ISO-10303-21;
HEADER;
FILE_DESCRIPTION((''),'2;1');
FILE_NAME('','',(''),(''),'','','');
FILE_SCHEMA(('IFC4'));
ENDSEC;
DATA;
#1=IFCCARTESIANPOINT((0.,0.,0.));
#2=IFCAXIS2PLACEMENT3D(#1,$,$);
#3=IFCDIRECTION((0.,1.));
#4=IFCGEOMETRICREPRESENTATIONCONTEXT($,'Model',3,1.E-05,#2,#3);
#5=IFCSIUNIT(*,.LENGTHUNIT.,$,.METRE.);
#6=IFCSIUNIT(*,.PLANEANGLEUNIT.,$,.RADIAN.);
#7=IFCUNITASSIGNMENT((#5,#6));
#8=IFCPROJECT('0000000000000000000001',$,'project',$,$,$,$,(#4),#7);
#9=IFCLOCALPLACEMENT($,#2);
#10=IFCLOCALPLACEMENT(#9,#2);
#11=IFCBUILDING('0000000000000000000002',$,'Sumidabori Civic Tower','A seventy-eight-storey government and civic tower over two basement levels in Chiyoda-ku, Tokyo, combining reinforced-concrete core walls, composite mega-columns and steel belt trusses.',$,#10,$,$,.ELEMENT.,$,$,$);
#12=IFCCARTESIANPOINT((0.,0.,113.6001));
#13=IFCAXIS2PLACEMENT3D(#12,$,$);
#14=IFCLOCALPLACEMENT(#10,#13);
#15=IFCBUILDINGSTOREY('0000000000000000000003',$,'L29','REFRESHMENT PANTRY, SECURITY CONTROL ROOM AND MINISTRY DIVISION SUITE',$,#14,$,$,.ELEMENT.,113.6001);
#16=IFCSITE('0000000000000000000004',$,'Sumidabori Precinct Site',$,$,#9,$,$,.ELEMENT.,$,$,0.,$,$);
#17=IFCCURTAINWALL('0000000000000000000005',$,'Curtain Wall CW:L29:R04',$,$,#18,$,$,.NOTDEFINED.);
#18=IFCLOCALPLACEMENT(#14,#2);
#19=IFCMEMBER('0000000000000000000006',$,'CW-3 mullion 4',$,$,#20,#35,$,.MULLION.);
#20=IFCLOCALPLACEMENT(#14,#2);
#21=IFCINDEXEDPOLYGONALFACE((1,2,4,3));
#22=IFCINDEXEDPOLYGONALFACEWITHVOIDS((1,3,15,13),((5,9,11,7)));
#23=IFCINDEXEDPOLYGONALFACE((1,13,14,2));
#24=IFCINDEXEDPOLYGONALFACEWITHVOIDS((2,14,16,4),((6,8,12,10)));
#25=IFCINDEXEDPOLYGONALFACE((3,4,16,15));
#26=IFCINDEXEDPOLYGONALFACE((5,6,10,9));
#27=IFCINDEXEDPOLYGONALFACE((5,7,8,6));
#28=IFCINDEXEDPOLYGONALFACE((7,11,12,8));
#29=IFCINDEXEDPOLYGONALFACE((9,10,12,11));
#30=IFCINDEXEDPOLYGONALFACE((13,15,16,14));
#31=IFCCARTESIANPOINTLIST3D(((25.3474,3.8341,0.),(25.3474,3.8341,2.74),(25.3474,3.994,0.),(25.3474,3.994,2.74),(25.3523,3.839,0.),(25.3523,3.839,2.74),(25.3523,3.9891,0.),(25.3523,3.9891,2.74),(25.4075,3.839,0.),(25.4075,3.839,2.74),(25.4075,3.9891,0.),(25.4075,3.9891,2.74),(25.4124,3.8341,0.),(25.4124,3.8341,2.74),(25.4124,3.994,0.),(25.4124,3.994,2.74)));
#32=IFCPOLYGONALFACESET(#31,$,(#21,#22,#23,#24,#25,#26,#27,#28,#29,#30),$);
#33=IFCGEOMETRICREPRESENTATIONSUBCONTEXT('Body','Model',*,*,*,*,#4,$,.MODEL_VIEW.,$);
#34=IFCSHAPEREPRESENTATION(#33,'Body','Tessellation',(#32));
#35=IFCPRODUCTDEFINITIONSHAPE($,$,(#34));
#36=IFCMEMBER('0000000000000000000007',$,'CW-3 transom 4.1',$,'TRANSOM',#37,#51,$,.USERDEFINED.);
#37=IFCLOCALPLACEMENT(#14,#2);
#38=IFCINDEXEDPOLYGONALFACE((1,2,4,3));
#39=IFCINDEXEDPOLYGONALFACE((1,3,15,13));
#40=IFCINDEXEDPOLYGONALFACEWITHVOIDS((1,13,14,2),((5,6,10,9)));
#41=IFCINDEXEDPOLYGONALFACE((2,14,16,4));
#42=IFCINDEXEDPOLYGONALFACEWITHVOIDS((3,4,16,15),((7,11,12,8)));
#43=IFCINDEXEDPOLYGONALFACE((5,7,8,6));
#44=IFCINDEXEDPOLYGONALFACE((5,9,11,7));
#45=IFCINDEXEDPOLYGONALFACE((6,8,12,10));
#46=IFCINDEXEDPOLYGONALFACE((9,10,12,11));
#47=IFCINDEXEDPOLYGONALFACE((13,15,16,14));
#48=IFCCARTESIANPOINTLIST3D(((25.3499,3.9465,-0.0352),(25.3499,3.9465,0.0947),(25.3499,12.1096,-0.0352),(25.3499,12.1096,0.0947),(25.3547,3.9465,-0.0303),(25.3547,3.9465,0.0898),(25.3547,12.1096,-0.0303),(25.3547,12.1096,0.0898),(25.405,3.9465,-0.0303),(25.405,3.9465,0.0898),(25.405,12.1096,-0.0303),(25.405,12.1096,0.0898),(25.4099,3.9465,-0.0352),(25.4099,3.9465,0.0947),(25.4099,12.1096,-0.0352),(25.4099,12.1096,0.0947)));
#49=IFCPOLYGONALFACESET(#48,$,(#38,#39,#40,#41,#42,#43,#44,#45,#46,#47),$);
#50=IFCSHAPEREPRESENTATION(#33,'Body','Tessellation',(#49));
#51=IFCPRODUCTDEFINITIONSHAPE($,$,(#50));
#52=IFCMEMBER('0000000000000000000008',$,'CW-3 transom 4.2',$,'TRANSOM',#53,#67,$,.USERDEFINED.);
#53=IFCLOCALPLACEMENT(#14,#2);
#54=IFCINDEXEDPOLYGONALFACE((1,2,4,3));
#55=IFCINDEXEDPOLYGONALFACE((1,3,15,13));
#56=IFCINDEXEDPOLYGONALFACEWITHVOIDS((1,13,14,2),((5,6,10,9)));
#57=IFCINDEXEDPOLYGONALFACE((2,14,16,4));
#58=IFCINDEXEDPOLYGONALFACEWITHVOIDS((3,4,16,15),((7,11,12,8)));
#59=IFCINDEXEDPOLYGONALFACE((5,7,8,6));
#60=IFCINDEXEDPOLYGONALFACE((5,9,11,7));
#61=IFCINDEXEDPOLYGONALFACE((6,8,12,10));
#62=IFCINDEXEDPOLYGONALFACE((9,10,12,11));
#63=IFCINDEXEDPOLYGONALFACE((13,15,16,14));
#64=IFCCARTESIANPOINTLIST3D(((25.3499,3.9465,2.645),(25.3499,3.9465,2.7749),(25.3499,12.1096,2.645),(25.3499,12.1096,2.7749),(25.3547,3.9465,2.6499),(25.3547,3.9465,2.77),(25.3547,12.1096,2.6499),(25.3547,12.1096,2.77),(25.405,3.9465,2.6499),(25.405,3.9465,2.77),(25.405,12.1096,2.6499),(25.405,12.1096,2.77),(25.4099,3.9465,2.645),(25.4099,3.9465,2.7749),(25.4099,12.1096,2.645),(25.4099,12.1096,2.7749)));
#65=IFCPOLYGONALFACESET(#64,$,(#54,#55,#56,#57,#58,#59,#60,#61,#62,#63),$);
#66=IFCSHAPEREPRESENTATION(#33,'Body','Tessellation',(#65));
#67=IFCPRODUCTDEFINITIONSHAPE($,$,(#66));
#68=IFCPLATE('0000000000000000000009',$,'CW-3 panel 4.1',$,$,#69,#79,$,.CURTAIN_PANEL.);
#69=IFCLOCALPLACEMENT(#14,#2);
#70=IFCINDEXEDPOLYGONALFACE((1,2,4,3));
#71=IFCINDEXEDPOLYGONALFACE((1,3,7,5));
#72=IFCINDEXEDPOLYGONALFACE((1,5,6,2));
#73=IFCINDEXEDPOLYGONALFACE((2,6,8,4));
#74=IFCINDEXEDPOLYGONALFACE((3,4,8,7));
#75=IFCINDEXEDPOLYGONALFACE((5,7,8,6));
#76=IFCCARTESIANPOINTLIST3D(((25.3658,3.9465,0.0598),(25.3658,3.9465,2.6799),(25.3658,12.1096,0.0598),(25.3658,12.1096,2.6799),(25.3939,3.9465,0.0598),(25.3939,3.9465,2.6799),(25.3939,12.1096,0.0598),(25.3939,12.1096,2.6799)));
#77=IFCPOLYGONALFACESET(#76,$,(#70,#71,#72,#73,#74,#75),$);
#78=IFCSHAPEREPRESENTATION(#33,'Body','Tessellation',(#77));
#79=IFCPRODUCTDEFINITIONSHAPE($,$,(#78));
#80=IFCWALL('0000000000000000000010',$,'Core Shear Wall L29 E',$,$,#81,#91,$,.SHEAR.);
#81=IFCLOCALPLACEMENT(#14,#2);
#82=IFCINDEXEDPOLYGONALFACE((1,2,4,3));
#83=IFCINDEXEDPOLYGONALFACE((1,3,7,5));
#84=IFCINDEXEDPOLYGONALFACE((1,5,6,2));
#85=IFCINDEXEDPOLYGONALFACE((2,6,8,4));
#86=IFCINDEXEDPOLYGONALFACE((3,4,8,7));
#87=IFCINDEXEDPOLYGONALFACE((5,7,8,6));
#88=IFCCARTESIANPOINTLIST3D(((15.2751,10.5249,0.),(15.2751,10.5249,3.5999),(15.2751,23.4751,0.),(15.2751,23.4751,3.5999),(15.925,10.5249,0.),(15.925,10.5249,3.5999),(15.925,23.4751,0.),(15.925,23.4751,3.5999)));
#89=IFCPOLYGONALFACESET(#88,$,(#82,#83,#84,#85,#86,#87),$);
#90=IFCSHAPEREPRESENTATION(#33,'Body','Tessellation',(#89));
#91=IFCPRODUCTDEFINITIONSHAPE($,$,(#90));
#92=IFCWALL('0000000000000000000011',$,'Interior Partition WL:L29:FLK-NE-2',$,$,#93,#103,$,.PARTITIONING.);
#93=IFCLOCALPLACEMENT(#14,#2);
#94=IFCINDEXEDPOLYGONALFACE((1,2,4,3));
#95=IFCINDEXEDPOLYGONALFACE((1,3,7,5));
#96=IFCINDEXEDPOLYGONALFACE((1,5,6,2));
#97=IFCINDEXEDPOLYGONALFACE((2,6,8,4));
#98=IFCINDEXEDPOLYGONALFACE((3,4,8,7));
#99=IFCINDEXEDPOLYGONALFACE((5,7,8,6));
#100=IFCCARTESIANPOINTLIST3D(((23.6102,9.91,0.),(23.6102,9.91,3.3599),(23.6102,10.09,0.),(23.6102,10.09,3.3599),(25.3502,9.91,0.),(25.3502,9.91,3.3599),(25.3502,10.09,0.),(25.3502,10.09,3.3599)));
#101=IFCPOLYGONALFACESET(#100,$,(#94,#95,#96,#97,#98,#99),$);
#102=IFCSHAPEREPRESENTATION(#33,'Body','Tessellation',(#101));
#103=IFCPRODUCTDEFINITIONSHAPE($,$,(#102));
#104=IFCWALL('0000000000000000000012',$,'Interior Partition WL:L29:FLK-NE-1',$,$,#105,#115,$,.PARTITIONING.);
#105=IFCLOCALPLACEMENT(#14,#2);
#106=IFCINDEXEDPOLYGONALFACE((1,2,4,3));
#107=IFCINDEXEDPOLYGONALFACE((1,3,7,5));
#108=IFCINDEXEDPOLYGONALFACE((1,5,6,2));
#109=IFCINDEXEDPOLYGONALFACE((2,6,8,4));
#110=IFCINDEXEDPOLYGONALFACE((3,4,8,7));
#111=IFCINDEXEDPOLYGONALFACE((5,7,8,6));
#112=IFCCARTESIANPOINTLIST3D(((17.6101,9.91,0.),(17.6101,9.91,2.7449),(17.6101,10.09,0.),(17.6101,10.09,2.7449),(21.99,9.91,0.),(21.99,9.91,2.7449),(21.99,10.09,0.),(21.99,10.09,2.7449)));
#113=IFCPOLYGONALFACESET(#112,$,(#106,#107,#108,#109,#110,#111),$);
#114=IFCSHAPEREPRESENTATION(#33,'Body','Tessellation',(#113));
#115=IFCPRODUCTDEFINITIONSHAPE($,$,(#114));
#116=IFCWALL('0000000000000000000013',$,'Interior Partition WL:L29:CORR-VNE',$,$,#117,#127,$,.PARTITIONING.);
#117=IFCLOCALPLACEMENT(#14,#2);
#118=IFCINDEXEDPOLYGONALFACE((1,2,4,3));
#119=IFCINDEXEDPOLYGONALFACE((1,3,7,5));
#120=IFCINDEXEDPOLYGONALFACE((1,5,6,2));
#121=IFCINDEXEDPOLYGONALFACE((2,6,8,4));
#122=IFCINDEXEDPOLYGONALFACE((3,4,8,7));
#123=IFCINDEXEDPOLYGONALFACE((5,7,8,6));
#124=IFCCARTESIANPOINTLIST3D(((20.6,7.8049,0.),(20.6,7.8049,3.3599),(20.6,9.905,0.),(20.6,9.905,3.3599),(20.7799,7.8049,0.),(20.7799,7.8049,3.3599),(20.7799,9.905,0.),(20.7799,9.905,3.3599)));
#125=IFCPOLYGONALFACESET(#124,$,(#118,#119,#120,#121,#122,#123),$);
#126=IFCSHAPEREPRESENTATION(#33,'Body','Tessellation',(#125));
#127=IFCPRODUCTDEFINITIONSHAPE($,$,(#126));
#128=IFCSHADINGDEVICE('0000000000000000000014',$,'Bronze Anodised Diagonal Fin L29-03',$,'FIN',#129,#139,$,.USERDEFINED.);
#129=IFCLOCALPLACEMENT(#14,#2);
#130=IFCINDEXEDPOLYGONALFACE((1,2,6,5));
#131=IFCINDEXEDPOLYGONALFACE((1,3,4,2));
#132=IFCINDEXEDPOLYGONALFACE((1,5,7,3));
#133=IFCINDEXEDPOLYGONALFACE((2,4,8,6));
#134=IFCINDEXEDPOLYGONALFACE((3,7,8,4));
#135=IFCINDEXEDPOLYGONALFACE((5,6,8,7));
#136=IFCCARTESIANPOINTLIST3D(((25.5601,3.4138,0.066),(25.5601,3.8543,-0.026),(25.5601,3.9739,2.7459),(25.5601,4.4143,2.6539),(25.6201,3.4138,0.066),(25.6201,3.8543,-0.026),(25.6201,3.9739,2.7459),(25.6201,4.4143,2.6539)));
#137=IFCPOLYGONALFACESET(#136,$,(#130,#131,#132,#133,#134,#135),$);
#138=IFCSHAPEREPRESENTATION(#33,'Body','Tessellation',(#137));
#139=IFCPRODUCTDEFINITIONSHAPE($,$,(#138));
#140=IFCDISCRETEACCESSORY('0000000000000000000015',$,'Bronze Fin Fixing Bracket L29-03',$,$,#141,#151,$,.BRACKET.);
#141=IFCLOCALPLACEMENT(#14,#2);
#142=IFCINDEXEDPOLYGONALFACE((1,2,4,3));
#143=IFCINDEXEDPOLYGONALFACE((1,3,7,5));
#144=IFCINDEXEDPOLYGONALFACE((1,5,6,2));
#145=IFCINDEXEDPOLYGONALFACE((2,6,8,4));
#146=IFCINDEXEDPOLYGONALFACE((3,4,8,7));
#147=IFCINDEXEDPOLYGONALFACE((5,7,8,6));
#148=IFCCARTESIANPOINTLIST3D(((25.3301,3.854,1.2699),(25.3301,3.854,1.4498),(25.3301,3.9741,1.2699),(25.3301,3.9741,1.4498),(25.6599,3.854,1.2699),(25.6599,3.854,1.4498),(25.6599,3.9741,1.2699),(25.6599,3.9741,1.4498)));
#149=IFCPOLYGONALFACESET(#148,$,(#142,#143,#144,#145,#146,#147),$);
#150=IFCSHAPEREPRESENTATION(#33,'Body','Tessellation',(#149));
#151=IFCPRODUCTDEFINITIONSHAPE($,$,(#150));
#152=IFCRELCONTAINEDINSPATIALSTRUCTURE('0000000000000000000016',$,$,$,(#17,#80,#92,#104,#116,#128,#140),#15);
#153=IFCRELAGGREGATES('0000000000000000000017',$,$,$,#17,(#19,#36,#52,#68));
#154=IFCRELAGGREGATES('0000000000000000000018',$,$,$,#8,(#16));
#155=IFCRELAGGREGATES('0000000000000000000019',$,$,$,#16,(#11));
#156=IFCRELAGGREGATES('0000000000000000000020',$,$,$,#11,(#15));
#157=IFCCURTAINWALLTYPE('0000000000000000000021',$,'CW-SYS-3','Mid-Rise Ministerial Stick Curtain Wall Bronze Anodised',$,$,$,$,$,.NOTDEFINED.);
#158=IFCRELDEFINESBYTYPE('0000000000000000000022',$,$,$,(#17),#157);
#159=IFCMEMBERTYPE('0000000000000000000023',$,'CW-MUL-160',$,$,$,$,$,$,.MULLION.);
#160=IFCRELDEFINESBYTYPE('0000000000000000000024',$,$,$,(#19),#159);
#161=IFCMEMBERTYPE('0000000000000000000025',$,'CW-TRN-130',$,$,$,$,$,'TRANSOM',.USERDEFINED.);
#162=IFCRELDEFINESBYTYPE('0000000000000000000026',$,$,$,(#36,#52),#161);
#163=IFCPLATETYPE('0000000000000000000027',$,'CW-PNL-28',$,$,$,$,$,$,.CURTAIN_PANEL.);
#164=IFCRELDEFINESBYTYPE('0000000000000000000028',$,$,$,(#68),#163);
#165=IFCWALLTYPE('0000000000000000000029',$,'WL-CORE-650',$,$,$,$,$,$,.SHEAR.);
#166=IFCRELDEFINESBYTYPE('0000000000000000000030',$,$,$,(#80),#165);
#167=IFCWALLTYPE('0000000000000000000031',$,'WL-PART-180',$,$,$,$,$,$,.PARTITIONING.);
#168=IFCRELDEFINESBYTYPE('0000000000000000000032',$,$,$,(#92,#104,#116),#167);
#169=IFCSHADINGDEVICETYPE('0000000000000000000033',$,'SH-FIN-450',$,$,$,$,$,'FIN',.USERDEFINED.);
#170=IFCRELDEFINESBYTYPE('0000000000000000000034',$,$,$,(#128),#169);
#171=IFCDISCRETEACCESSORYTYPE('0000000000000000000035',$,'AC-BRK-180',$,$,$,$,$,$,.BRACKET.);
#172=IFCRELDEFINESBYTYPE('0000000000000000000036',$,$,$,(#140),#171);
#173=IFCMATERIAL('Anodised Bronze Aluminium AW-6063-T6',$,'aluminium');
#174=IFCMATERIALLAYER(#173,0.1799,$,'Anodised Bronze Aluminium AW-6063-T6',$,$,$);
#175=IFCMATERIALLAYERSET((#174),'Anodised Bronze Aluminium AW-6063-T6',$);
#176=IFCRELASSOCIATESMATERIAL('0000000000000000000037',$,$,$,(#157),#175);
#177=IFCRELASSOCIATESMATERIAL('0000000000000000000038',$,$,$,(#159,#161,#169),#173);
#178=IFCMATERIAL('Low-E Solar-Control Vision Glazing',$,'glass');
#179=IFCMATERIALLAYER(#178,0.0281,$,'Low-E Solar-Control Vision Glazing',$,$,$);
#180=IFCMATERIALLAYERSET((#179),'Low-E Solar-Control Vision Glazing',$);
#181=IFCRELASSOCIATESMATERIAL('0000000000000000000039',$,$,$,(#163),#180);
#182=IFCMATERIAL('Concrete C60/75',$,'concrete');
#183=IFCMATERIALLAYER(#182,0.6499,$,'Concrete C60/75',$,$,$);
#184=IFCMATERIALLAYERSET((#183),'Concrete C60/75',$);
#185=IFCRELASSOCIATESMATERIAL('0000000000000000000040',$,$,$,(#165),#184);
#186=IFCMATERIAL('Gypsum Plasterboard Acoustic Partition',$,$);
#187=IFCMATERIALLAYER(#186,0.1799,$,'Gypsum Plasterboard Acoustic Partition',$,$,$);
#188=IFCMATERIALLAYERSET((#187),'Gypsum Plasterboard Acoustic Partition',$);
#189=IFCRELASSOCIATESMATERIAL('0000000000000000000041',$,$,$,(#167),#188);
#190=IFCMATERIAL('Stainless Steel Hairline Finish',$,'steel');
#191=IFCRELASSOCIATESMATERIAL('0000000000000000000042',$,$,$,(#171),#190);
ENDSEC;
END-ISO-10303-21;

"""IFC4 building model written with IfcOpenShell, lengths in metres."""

from ifc_helpers import new_model, si_unit, direction, frame, frame_2d, origin, origin_2d, place, context, subcontext, project, spatial, rectangle, hollow_rectangle, extrude, source, transform, mapped, material, layer, layer_set, material_profile, profile_set, type_object, element, aggregate, save


model = new_model("IFC4")

# Units and contexts
model_context = context("Model", 3, precision=1e-05, world=origin(), true_north=direction((0.0, 1.0)))
body_context = subcontext(model_context, "Body", "Model", "MODEL_VIEW")
ifc_project = project(units=[si_unit("LENGTHUNIT", "METRE"), si_unit("PLANEANGLEUNIT", "RADIAN")], contexts=[model_context])

# Site, building, storey
site_placement = place(None, origin())
site = spatial("IfcSite", under=ifc_project, at=site_placement, Name="Sumidabori Precinct Site", CompositionType="ELEMENT", RefElevation=0.0)
building_placement = place(site_placement, origin())
building = spatial("IfcBuilding", under=site, at=building_placement, Name="Sumidabori Civic Tower", Description="A seventy-eight-storey government and civic tower over two basement levels in Chiyoda-ku, Tokyo, combining reinforced-concrete core walls, composite mega-columns and steel belt trusses.", CompositionType="ELEMENT")
storey_placement = place(building_placement, frame((0.0, 0.0, 113.6001)))
storey = spatial("IfcBuildingStorey", under=building, at=storey_placement, Name="L29", Description="REFRESHMENT PANTRY, SECURITY CONTROL ROOM AND MINISTRY DIVISION SUITE", CompositionType="ELEMENT", Elevation=113.6001)

# Shared definitions
ifc_material_1 = material(Name="Concrete C60/75", Category="concrete")

# Curtain wall, members, plate
ifc_material_2 = material(Name="Anodised Bronze Aluminium AW-6063-T6", Category="aluminium")
ifc_layer_1 = layer(ifc_material_2, 0.1799, Name="Anodised Bronze Aluminium AW-6063-T6")
ifc_layer_set_1 = layer_set([ifc_layer_1], Name="Anodised Bronze Aluminium AW-6063-T6")
curtain_wall_type = type_object("IfcCurtainWallType", Name="CW-SYS-3", Description="Mid-Rise Ministerial Stick Curtain Wall Bronze Anodised", PredefinedType="NOTDEFINED", material=ifc_layer_set_1)
curtain_wall_placement = place(storey_placement, origin())
curtain_wall = element("IfcCurtainWall", 1, at=curtain_wall_placement, inside=storey, type_object=curtain_wall_type, Name="Curtain Wall CW:L29:R04", PredefinedType="NOTDEFINED")
ifc_material_profile_1 = material_profile(ifc_material_2, hollow_rectangle(XDim=0.0649, YDim=0.1599, WallThickness=0.0049, at=origin_2d()), Name="ALU MULLION 160x65")
ifc_profile_set_1 = profile_set([ifc_material_profile_1], Name="Anodised Bronze Aluminium AW-6063-T6")
member_type_1 = type_object("IfcMemberType", Name="CW-MUL-160", PredefinedType="MULLION", material=ifc_profile_set_1)
shared_shape_1 = source(origin(), body_context, "Body", "SweptSolid", [
    extrude(hollow_rectangle(XDim=0.0649, YDim=0.1599, WallThickness=0.0049, at=origin_2d()), origin(), (0.0, 0.0, 1.0), 2.74),
])
member_1_placement = place(storey_placement, frame((25.3799, 3.9141, 0.0), z_axis=(0.0, 0.0, 1.0), x_axis=(-1.0, 0.0, 0.0)))
member_1 = element("IfcMember", 2, at=member_1_placement, type_object=member_type_1, Name="CW-3 mullion 4", PredefinedType="MULLION", context=body_context, shape_type="MappedRepresentation", body=[
    mapped(shared_shape_1, transform((0.0, 0.0, 0.0), x_axis=(1.0, 0.0, 0.0), y_axis=(0.0, 1.0, 0.0), z_axis=(0.0, 0.0, 1.0), scale=1.0)),
])
ifc_material_profile_2 = material_profile(ifc_material_2, hollow_rectangle(XDim=0.0601, YDim=0.1299, WallThickness=0.0049, at=origin_2d()), Name="ALU TRANSOM 130x60")
ifc_profile_set_2 = profile_set([ifc_material_profile_2], Name="Anodised Bronze Aluminium AW-6063-T6")
member_type_2 = type_object("IfcMemberType", Name="CW-TRN-130", ElementType="TRANSOM", PredefinedType="USERDEFINED", material=ifc_profile_set_2)
shared_shape_2 = source(origin(), body_context, "Body", "SweptSolid", [
    extrude(hollow_rectangle(XDim=0.0601, YDim=0.1299, WallThickness=0.0049, at=origin_2d()), origin(), (0.0, 0.0, 1.0), 8.1631),
])
member_2_placement = place(storey_placement, frame((25.3799, 3.9465, 0.0298), z_axis=(0.0, 1.0, 0.0), x_axis=(-1.0, 0.0, 0.0)))
member_2 = element("IfcMember", 3, at=member_2_placement, type_object=member_type_2, Name="CW-3 transom 4.1", ObjectType="TRANSOM", PredefinedType="USERDEFINED", context=body_context, shape_type="MappedRepresentation", body=[
    mapped(shared_shape_2, transform((0.0, 0.0, 0.0), x_axis=(1.0, 0.0, 0.0), y_axis=(0.0, 1.0, 0.0), z_axis=(0.0, 0.0, 1.0), scale=1.0)),
])
member_3_placement = place(storey_placement, frame((25.3799, 3.9465, 2.71), z_axis=(0.0, 1.0, 0.0), x_axis=(-1.0, 0.0, 0.0)))
member_3 = element("IfcMember", 4, at=member_3_placement, type_object=member_type_2, Name="CW-3 transom 4.2", ObjectType="TRANSOM", PredefinedType="USERDEFINED", context=body_context, shape_type="MappedRepresentation", body=[
    mapped(shared_shape_2, transform((0.0, 0.0, 0.0), x_axis=(1.0, 0.0, 0.0), y_axis=(0.0, 1.0, 0.0), z_axis=(0.0, 0.0, 1.0), scale=1.0)),
])
ifc_material_3 = material(Name="Low-E Solar-Control Vision Glazing", Category="glass")
ifc_layer_2 = layer(ifc_material_3, 0.0281, Name="Low-E Solar-Control Vision Glazing")
ifc_layer_set_2 = layer_set([ifc_layer_2], Name="Low-E Solar-Control Vision Glazing")
plate_type = type_object("IfcPlateType", Name="CW-PNL-28", PredefinedType="CURTAIN_PANEL", material=ifc_layer_set_2)
shared_shape_3 = source(origin(), body_context, "Body", "SweptSolid", [
    extrude(rectangle(XDim=8.1631, YDim=0.0281, at=origin_2d()), origin(), (0.0, 0.0, 1.0), 2.6201),
])
plate_placement = place(storey_placement, frame((25.3799, 8.0281, 0.0598), z_axis=(0.0, 0.0, 1.0), x_axis=(0.0, 1.0, 0.0)))
plate = element("IfcPlate", 5, at=plate_placement, type_object=plate_type, Name="CW-3 panel 4.1", PredefinedType="CURTAIN_PANEL", context=body_context, shape_type="MappedRepresentation", body=[
    mapped(shared_shape_3, transform((0.0, 0.0, 0.0), x_axis=(1.0, 0.0, 0.0), y_axis=(0.0, 1.0, 0.0), z_axis=(0.0, 0.0, 1.0), scale=1.0)),
])
aggregate(curtain_wall, [member_1, member_2, member_3, plate])

# Walls
ifc_layer_3 = layer(ifc_material_1, 0.6499, Name="Concrete C60/75")
ifc_layer_set_3 = layer_set([ifc_layer_3], Name="Concrete C60/75")
wall_type_1 = type_object("IfcWallType", Name="WL-CORE-650", PredefinedType="SHEAR", material=ifc_layer_set_3)
shared_shape_4 = source(origin(), body_context, "Body", "SweptSolid", [
    extrude(rectangle(XDim=12.9502, YDim=0.6499, at=frame_2d((6.4751, 0.0))), origin(), (0.0, 0.0, 1.0), 3.5999),
])
wall_1_placement = place(storey_placement, frame((15.6001, 10.5249, 0.0), z_axis=(0.0, 0.0, 1.0), x_axis=(0.0, 1.0, 0.0)))
element("IfcWall", 6, at=wall_1_placement, inside=storey, type_object=wall_type_1, Name="Core Shear Wall L29 E", PredefinedType="SHEAR", context=body_context, shape_type="MappedRepresentation", body=[
    mapped(shared_shape_4, transform((0.0, 0.0, 0.0), x_axis=(1.0, 0.0, 0.0), y_axis=(0.0, 1.0, 0.0), z_axis=(0.0, 0.0, 1.0), scale=1.0)),
])
ifc_material_4 = material(Name="Gypsum Plasterboard Acoustic Partition")
ifc_layer_4 = layer(ifc_material_4, 0.1799, Name="Gypsum Plasterboard Acoustic Partition")
ifc_layer_set_4 = layer_set([ifc_layer_4], Name="Gypsum Plasterboard Acoustic Partition")
wall_type_2 = type_object("IfcWallType", Name="WL-PART-180", PredefinedType="PARTITIONING", material=ifc_layer_set_4)
shared_shape_5 = source(origin(), body_context, "Body", "SweptSolid", [
    extrude(rectangle(XDim=1.74, YDim=0.1799, at=frame_2d((0.8701, 0.0))), origin(), (0.0, 0.0, 1.0), 3.3599),
])
wall_2_placement = place(storey_placement, frame((23.6101, 10.0, 0.0), z_axis=(0.0, 0.0, 1.0), x_axis=(1.0, 0.0, 0.0)))
element("IfcWall", 7, at=wall_2_placement, inside=storey, type_object=wall_type_2, Name="Interior Partition WL:L29:FLK-NE-2", PredefinedType="PARTITIONING", context=body_context, shape_type="MappedRepresentation", body=[
    mapped(shared_shape_5, transform((0.0, 0.0, 0.0), x_axis=(1.0, 0.0, 0.0), y_axis=(0.0, 1.0, 0.0), z_axis=(0.0, 0.0, 1.0), scale=1.0)),
])
shared_shape_6 = source(origin(), body_context, "Body", "SweptSolid", [
    extrude(rectangle(XDim=4.3799, YDim=0.1799, at=frame_2d((2.1899, 0.0))), origin(), (0.0, 0.0, 1.0), 2.7449),
])
wall_3_placement = place(storey_placement, frame((17.6101, 10.0, 0.0), z_axis=(0.0, 0.0, 1.0), x_axis=(1.0, 0.0, 0.0)))
element("IfcWall", 8, at=wall_3_placement, inside=storey, type_object=wall_type_2, Name="Interior Partition WL:L29:FLK-NE-1", PredefinedType="PARTITIONING", context=body_context, shape_type="MappedRepresentation", body=[
    mapped(shared_shape_6, transform((0.0, 0.0, 0.0), x_axis=(1.0, 0.0, 0.0), y_axis=(0.0, 1.0, 0.0), z_axis=(0.0, 0.0, 1.0), scale=1.0)),
])
shared_shape_7 = source(origin(), body_context, "Body", "SweptSolid", [
    extrude(rectangle(XDim=2.1001, YDim=0.1799, at=frame_2d((1.05, 0.0))), origin(), (0.0, 0.0, 1.0), 3.3599),
])
wall_4_placement = place(storey_placement, frame((20.6899, 7.8049, 0.0), z_axis=(0.0, 0.0, 1.0), x_axis=(0.0, 1.0, 0.0)))
element("IfcWall", 9, at=wall_4_placement, inside=storey, type_object=wall_type_2, Name="Interior Partition WL:L29:CORR-VNE", PredefinedType="PARTITIONING", context=body_context, shape_type="MappedRepresentation", body=[
    mapped(shared_shape_7, transform((0.0, 0.0, 0.0), x_axis=(1.0, 0.0, 0.0), y_axis=(0.0, 1.0, 0.0), z_axis=(0.0, 0.0, 1.0), scale=1.0)),
])

# Shading device
ifc_material_profile_3 = material_profile(ifc_material_2, rectangle(XDim=0.0601, YDim=0.45, at=origin_2d()), Name="BRONZE FIN 450x60")
ifc_profile_set_3 = profile_set([ifc_material_profile_3], Name="Anodised Bronze Aluminium AW-6063-T6")
shading_device_type = type_object("IfcShadingDeviceType", Name="SH-FIN-450", ElementType="FIN", PredefinedType="USERDEFINED", material=ifc_profile_set_3)
shared_shape_8 = source(origin(), body_context, "Body", "SweptSolid", [
    extrude(rectangle(XDim=0.0601, YDim=0.45, at=origin_2d()), origin(), (0.0, 0.0, 1.0), 2.7378),
])
shading_device_placement = place(storey_placement, frame((25.5901, 3.634, 0.02), z_axis=(0.0, 0.204563, 0.978853), x_axis=(-1.0, 0.0, 0.0)))
element("IfcShadingDevice", 10, at=shading_device_placement, inside=storey, type_object=shading_device_type, Name="Bronze Anodised Diagonal Fin L29-03", ObjectType="FIN", PredefinedType="USERDEFINED", context=body_context, shape_type="MappedRepresentation", body=[
    mapped(shared_shape_8, transform((0.0, 0.0, 0.0), x_axis=(1.0, 0.0, 0.0), y_axis=(0.0, 1.0, 0.0), z_axis=(0.0, 0.0, 1.0), scale=1.0)),
])

# Discrete accessory
ifc_material_5 = material(Name="Stainless Steel Hairline Finish", Category="steel")
ifc_material_profile_4 = material_profile(ifc_material_5, rectangle(XDim=0.1201, YDim=0.1799, at=origin_2d()), Name="STEEL BRACKET 180x120")
ifc_profile_set_4 = profile_set([ifc_material_profile_4], Name="Stainless Steel Hairline Finish")
discrete_accessory_type = type_object("IfcDiscreteAccessoryType", Name="AC-BRK-180", PredefinedType="BRACKET", material=ifc_profile_set_4)
shared_shape_9 = source(origin(), body_context, "Body", "SweptSolid", [
    extrude(rectangle(XDim=0.1201, YDim=0.1799, at=origin_2d()), origin(), (0.0, 0.0, 1.0), 0.3298),
])
discrete_accessory_placement = place(storey_placement, frame((25.3301, 3.9141, 1.3599), z_axis=(1.0, 0.0, 0.0), x_axis=(0.0, 1.0, 0.0)))
element("IfcDiscreteAccessory", 11, at=discrete_accessory_placement, inside=storey, type_object=discrete_accessory_type, Name="Bronze Fin Fixing Bracket L29-03", PredefinedType="BRACKET", context=body_context, shape_type="MappedRepresentation", body=[
    mapped(shared_shape_9, transform((0.0, 0.0, 0.0), x_axis=(1.0, 0.0, 0.0), y_axis=(0.0, 1.0, 0.0), z_axis=(0.0, 0.0, 1.0), scale=1.0)),
])

save(model, "model.ifc")
